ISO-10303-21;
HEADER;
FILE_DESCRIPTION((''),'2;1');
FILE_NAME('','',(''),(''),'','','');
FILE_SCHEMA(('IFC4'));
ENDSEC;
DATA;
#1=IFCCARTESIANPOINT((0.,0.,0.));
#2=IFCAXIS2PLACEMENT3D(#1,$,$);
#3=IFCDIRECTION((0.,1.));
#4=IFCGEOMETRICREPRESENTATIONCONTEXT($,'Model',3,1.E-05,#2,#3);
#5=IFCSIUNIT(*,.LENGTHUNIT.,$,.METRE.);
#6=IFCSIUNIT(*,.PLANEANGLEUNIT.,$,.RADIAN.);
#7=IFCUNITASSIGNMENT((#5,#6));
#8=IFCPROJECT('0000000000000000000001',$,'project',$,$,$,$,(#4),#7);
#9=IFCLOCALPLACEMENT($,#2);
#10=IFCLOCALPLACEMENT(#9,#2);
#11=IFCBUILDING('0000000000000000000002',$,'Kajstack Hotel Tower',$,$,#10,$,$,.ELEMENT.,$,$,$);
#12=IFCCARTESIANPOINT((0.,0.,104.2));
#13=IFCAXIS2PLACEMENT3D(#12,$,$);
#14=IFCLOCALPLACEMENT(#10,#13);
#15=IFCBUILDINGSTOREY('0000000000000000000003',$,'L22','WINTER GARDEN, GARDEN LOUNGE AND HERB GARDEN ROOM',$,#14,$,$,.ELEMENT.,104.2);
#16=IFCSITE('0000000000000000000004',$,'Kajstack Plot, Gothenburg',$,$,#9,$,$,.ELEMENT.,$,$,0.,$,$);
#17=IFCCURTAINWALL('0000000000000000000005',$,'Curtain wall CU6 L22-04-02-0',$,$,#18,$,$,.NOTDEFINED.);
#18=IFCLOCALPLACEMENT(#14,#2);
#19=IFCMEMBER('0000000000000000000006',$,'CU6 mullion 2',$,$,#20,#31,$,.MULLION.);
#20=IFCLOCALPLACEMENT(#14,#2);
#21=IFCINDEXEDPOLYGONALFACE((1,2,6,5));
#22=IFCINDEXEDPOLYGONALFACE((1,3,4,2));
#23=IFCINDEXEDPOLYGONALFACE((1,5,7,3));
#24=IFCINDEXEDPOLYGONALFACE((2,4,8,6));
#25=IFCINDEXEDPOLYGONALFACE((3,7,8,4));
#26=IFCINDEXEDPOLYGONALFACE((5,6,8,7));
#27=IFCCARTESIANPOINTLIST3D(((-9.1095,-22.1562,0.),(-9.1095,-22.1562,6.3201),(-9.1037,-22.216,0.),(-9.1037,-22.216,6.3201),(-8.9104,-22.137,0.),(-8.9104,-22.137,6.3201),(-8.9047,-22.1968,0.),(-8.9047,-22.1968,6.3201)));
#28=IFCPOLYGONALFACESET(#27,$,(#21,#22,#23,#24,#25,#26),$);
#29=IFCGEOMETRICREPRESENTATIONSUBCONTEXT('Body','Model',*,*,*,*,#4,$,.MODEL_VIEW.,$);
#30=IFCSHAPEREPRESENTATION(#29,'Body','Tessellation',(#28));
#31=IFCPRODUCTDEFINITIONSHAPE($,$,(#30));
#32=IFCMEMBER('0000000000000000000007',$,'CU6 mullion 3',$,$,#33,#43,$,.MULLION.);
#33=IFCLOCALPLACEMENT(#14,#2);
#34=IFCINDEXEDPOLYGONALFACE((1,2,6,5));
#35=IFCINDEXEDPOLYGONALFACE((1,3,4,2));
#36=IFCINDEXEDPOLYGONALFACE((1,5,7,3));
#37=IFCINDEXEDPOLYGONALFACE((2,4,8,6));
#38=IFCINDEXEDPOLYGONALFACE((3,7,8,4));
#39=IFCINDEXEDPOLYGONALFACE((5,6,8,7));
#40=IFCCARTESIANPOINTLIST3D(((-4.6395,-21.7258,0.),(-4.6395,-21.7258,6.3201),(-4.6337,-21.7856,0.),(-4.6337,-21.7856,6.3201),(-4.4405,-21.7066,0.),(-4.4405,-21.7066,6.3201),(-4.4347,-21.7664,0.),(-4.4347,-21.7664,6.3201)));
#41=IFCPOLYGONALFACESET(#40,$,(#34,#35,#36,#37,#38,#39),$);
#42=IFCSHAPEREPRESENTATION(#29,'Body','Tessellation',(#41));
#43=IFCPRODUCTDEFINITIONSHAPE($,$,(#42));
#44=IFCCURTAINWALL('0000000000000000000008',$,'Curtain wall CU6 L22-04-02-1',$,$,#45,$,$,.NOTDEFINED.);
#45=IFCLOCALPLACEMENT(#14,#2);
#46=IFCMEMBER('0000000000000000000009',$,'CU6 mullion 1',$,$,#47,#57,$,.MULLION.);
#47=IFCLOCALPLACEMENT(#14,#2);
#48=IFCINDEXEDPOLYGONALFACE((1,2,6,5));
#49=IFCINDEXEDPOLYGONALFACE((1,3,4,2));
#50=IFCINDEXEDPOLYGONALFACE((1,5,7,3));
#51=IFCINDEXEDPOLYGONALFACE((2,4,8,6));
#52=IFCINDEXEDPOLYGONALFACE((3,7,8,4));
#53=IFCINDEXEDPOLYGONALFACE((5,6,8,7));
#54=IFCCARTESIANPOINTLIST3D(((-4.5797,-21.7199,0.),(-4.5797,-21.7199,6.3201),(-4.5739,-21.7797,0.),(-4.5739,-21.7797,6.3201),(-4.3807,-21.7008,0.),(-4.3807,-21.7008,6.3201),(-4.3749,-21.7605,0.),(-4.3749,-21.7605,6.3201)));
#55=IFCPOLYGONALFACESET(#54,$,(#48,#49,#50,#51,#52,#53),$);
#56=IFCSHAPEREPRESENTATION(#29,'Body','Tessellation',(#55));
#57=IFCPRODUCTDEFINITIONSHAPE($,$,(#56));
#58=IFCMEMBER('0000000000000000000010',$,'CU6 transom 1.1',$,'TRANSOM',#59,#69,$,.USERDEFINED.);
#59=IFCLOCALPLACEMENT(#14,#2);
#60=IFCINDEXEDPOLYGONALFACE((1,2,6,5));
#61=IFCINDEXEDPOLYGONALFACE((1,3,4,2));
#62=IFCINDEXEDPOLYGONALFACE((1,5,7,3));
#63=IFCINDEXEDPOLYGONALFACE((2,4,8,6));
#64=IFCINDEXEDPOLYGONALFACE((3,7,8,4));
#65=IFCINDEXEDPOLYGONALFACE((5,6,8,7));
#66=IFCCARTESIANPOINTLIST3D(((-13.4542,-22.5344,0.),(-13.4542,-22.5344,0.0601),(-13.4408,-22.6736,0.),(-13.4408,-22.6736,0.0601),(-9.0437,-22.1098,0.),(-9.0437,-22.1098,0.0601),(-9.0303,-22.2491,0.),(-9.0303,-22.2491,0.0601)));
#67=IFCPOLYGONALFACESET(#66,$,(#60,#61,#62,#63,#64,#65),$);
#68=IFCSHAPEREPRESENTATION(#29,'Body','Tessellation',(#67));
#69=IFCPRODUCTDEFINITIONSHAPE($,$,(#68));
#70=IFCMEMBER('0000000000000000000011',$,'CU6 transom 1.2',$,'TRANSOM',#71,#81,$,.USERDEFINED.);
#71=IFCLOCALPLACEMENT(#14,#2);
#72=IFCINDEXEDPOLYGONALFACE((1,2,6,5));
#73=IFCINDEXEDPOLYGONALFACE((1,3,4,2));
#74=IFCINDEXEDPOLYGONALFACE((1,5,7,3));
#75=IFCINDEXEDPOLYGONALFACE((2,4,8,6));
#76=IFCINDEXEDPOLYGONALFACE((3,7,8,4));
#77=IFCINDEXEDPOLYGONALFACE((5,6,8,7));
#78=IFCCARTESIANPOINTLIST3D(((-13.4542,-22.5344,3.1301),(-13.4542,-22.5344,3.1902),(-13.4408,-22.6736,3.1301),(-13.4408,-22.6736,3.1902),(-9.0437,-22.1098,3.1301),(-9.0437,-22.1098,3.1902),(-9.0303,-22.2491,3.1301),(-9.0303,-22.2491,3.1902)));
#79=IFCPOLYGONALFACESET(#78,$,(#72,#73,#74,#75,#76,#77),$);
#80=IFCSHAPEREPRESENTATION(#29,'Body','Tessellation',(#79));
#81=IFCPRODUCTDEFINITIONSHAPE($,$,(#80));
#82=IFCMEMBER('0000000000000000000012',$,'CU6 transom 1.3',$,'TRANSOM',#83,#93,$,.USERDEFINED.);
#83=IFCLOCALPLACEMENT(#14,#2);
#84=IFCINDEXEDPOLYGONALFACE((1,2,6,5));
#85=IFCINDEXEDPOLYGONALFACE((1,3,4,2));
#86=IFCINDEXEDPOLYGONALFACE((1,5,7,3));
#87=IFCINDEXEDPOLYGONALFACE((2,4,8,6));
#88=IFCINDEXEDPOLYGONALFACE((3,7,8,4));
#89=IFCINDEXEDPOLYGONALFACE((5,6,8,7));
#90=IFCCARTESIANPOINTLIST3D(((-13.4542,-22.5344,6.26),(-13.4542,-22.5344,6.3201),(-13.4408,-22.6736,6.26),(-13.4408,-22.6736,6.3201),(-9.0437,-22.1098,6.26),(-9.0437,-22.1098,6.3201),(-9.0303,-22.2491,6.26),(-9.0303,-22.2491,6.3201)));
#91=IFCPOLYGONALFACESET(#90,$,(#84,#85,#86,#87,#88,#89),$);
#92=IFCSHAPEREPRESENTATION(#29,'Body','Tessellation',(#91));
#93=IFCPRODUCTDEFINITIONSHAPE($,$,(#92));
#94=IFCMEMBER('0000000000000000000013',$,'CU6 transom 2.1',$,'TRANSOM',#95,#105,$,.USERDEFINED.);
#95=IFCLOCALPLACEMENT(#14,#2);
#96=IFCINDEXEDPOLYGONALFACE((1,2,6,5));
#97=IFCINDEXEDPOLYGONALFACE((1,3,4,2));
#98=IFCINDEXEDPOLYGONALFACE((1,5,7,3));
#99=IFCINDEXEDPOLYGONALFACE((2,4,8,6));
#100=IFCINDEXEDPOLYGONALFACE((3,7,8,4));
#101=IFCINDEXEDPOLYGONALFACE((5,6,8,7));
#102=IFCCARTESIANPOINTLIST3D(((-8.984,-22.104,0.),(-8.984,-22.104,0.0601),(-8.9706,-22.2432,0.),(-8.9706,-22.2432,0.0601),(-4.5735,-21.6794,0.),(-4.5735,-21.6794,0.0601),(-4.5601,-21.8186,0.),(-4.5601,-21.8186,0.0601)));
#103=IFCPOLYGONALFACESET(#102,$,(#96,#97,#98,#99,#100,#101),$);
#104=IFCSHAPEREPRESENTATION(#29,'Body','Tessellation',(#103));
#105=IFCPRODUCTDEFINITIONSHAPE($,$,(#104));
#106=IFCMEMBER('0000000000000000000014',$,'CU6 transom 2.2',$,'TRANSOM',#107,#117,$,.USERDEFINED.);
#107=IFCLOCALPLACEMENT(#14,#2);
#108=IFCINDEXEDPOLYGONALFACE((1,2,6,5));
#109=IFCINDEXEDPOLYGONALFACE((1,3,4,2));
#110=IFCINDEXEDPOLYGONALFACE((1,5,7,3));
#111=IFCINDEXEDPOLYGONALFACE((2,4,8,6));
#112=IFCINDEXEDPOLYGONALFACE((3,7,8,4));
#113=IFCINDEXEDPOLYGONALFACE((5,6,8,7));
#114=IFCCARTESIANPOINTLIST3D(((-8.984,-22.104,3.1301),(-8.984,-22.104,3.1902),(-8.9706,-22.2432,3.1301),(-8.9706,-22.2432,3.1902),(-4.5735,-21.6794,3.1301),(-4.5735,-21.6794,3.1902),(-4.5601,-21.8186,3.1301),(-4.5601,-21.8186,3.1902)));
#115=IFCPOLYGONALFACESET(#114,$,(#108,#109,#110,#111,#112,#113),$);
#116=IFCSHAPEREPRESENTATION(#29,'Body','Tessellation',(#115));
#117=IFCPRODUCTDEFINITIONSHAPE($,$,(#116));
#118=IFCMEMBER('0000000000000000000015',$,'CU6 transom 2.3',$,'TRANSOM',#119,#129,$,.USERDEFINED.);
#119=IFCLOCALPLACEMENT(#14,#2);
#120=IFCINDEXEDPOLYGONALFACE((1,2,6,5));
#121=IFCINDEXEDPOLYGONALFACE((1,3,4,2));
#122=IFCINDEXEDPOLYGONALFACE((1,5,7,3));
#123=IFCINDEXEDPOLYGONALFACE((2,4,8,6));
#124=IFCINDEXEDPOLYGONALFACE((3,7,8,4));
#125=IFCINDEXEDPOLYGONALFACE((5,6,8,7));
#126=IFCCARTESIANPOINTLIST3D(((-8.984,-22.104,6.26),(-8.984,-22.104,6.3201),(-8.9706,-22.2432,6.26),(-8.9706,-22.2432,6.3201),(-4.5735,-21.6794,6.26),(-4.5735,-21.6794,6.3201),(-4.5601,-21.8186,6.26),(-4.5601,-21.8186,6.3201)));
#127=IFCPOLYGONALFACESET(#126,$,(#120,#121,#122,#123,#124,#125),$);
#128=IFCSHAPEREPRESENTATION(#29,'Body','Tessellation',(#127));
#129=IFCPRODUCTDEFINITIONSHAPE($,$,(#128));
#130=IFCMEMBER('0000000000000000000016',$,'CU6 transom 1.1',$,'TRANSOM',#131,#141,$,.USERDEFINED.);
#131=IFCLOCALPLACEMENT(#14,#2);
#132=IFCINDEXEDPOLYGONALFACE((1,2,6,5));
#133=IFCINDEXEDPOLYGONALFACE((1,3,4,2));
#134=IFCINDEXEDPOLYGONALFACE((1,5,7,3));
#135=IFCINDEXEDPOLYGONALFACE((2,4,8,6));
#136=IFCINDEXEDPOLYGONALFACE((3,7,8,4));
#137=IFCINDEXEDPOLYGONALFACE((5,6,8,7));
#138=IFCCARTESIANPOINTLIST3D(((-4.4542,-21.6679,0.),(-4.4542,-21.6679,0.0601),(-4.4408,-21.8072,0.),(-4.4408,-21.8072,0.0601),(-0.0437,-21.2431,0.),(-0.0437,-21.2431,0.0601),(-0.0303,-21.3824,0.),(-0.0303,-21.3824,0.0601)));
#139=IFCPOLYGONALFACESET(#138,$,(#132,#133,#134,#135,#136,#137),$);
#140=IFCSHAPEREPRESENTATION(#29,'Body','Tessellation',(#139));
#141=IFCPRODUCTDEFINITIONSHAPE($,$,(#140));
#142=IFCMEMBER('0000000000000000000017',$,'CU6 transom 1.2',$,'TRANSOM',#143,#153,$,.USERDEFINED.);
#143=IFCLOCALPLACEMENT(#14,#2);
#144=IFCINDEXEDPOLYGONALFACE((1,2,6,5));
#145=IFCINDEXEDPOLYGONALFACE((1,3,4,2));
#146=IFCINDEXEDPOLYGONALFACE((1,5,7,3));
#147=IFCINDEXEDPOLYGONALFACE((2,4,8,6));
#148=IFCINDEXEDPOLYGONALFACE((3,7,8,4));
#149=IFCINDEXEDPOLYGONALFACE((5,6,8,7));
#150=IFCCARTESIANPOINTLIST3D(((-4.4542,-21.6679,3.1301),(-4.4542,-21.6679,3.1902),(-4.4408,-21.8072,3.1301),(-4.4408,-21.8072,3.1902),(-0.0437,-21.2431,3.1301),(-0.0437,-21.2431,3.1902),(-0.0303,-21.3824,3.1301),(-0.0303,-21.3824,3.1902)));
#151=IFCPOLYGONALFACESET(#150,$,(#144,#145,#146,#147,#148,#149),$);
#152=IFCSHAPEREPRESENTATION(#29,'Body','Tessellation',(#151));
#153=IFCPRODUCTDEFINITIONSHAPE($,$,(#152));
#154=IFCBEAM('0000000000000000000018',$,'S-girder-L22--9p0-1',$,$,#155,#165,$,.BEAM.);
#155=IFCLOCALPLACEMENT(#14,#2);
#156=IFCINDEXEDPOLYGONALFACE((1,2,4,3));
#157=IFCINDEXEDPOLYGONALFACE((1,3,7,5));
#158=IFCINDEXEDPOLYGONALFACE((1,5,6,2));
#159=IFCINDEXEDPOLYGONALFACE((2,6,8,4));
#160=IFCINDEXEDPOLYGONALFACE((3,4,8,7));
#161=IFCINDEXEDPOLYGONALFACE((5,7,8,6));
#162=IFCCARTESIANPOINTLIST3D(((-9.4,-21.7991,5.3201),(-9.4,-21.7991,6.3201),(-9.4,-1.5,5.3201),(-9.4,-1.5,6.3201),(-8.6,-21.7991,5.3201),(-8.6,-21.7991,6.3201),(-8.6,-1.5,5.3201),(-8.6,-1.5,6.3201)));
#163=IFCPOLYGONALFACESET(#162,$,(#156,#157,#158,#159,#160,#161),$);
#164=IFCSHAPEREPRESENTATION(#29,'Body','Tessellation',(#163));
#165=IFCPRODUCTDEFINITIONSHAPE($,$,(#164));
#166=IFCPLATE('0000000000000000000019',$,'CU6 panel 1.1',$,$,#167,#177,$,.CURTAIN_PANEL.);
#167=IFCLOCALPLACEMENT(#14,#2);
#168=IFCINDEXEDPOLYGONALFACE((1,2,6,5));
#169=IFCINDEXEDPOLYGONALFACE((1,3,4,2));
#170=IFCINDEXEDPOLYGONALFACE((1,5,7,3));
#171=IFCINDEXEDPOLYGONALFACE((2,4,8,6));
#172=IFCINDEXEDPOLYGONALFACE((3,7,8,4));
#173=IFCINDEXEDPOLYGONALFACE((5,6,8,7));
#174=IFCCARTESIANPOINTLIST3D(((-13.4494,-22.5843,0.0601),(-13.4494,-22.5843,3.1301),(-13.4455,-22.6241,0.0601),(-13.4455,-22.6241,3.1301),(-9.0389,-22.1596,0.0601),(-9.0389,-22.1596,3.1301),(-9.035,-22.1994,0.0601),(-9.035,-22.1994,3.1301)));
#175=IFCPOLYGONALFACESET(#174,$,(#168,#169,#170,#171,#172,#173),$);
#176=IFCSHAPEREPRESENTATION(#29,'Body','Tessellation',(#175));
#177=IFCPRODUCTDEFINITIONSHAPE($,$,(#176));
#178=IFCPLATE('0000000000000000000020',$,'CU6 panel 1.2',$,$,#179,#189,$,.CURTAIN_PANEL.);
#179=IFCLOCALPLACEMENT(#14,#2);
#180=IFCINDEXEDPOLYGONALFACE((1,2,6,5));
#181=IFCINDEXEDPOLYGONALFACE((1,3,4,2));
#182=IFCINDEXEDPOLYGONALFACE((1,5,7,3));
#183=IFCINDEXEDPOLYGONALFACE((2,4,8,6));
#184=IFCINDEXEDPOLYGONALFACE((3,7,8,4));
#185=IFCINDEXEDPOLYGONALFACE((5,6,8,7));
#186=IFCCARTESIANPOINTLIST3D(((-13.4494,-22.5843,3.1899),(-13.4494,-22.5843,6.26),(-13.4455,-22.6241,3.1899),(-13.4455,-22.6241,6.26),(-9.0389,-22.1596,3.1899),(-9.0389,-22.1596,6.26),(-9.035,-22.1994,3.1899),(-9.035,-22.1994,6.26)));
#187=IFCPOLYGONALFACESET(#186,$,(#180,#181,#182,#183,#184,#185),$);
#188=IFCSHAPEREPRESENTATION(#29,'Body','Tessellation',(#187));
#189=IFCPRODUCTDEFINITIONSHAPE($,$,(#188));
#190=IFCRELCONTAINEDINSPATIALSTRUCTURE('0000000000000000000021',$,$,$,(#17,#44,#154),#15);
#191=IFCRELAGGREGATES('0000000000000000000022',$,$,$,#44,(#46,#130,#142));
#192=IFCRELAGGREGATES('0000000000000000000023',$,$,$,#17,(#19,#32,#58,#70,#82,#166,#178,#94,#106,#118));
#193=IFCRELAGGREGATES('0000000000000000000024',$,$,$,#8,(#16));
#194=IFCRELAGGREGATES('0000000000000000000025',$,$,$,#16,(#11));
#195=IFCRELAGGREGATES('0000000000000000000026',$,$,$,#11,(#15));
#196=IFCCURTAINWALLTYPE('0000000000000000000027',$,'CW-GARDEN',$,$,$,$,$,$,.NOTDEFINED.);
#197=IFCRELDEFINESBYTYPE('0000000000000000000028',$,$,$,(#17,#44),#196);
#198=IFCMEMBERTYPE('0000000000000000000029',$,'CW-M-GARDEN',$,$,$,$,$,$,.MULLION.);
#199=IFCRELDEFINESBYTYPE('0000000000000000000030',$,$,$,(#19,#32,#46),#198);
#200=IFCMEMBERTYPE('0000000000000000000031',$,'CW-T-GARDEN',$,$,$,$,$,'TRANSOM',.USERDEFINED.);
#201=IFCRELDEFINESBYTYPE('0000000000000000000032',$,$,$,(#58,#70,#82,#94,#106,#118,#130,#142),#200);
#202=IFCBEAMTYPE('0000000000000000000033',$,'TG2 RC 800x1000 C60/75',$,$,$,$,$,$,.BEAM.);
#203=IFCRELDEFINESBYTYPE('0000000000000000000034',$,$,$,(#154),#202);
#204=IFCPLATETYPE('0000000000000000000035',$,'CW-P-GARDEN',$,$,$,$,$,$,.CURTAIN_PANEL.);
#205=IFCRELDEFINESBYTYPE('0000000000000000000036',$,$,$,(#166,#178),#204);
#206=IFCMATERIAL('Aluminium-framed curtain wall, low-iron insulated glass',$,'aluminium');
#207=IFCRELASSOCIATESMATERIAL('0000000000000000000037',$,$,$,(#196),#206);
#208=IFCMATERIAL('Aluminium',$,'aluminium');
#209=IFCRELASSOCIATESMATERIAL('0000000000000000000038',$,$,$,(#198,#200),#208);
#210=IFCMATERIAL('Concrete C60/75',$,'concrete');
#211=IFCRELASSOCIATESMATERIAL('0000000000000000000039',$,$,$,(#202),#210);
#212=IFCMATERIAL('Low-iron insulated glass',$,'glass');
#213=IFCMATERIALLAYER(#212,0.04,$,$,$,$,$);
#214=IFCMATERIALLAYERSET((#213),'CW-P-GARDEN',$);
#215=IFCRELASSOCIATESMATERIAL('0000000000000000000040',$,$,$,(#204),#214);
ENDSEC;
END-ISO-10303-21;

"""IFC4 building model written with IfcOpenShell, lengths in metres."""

from ifc_helpers import new_model, si_unit, direction, frame, origin, origin_2d, place, context, subcontext, project, spatial, rectangle, extrude, material, layer, layer_set, material_profile, profile_set, type_object, element, aggregate, save


model = new_model("IFC4")

# Units and contexts
model_context = context("Model", 3, precision=1e-05, world=origin(), true_north=direction((0.0, 1.0)))
body_context = subcontext(model_context, "Body", "Model", "MODEL_VIEW")
ifc_project = project(units=[si_unit("LENGTHUNIT", "METRE"), si_unit("PLANEANGLEUNIT", "RADIAN")], contexts=[model_context])

# Site, building, storey
site_placement = place(None, origin())
site = spatial("IfcSite", under=ifc_project, at=site_placement, Name="Kajstack Plot, Gothenburg", CompositionType="ELEMENT", RefElevation=0.0)
building_placement = place(site_placement, origin())
building = spatial("IfcBuilding", under=site, at=building_placement, Name="Kajstack Hotel Tower", CompositionType="ELEMENT")
storey_placement = place(building_placement, frame((0.0, 0.0, 104.2)))
storey = spatial("IfcBuildingStorey", under=building, at=storey_placement, Name="L22", Description="WINTER GARDEN, GARDEN LOUNGE AND HERB GARDEN ROOM", CompositionType="ELEMENT", Elevation=104.2)

# Curtain wall, members
ifc_material_1 = material(Name="Aluminium-framed curtain wall, low-iron insulated glass", Category="aluminium")
curtain_wall_type = type_object("IfcCurtainWallType", Name="CW-GARDEN", PredefinedType="NOTDEFINED", material=ifc_material_1)
curtain_wall_1_placement = place(storey_placement, origin())
curtain_wall_1 = element("IfcCurtainWall", 1, at=curtain_wall_1_placement, inside=storey, type_object=curtain_wall_type, Name="Curtain wall CU6 L22-04-02-0", PredefinedType="NOTDEFINED")
ifc_material_2 = material(Name="Aluminium", Category="aluminium")
ifc_material_profile_1 = material_profile(ifc_material_2, rectangle(XDim=0.0601, YDim=0.2, at=origin_2d()), Name="Aluminium mullion 60 x 200")
ifc_profile_set_1 = profile_set([ifc_material_profile_1], Name="Aluminium")
member_type_1 = type_object("IfcMemberType", Name="CW-M-GARDEN", PredefinedType="MULLION", material=ifc_profile_set_1)
member_1_placement = place(storey_placement, frame((-9.0071, -22.1765, 0.0), z_axis=(0.0, 0.0, 1.0), x_axis=(-0.095846, 0.995396, 0.0)))
member_1 = element("IfcMember", 2, at=member_1_placement, type_object=member_type_1, Name="CU6 mullion 2", PredefinedType="MULLION", context=body_context, shape_type="SweptSolid", body=[
    extrude(rectangle(XDim=0.0601, YDim=0.2, at=origin_2d()), origin(), (0.0, 0.0, 1.0), 6.3201),
])
member_2_placement = place(storey_placement, frame((-4.5371, -21.7461, 0.0), z_axis=(0.0, 0.0, 1.0), x_axis=(-0.095846, 0.995396, 0.0)))
member_2 = element("IfcMember", 3, at=member_2_placement, type_object=member_type_1, Name="CU6 mullion 3", PredefinedType="MULLION", context=body_context, shape_type="SweptSolid", body=[
    extrude(rectangle(XDim=0.0601, YDim=0.2, at=origin_2d()), origin(), (0.0, 0.0, 1.0), 6.3201),
])

# Curtain wall, member
curtain_wall_2_placement = place(storey_placement, origin())
curtain_wall_2 = element("IfcCurtainWall", 4, at=curtain_wall_2_placement, inside=storey, type_object=curtain_wall_type, Name="Curtain wall CU6 L22-04-02-1", PredefinedType="NOTDEFINED")
member_3_placement = place(storey_placement, frame((-4.4773, -21.7402, 0.0), z_axis=(0.0, 0.0, 1.0), x_axis=(-0.095846, 0.995396, 0.0)))
member_3 = element("IfcMember", 5, at=member_3_placement, type_object=member_type_1, Name="CU6 mullion 1", PredefinedType="MULLION", context=body_context, shape_type="SweptSolid", body=[
    extrude(rectangle(XDim=0.0601, YDim=0.2, at=origin_2d()), origin(), (0.0, 0.0, 1.0), 6.3201),
])

# Members
ifc_material_profile_2 = material_profile(ifc_material_2, rectangle(XDim=0.1399, YDim=0.0601, at=origin_2d()), Name="Aluminium transom 140 x 60")
ifc_profile_set_2 = profile_set([ifc_material_profile_2], Name="Aluminium")
member_type_2 = type_object("IfcMemberType", Name="CW-T-GARDEN", ElementType="TRANSOM", PredefinedType="USERDEFINED", material=ifc_profile_set_2)
member_4_placement = place(storey_placement, frame((-13.4475, -22.604, 0.03), z_axis=(0.995399, 0.095821, 0.0), x_axis=(-0.095821, 0.995399, 0.0)))
member_4 = element("IfcMember", 6, at=member_4_placement, type_object=member_type_2, Name="CU6 transom 1.1", ObjectType="TRANSOM", PredefinedType="USERDEFINED", context=body_context, shape_type="SweptSolid", body=[
    extrude(rectangle(XDim=0.1399, YDim=0.0601, at=origin_2d()), origin(), (0.0, 0.0, 1.0), 4.4309),
])
member_5_placement = place(storey_placement, frame((-13.4475, -22.604, 3.1602), z_axis=(0.995399, 0.095821, 0.0), x_axis=(-0.095821, 0.995399, 0.0)))
member_5 = element("IfcMember", 7, at=member_5_placement, type_object=member_type_2, Name="CU6 transom 1.2", ObjectType="TRANSOM", PredefinedType="USERDEFINED", context=body_context, shape_type="SweptSolid", body=[
    extrude(rectangle(XDim=0.1399, YDim=0.0601, at=origin_2d()), origin(), (0.0, 0.0, 1.0), 4.4309),
])
member_6_placement = place(storey_placement, frame((-13.4475, -22.604, 6.29), z_axis=(0.995399, 0.095821, 0.0), x_axis=(-0.095821, 0.995399, 0.0)))
member_6 = element("IfcMember", 8, at=member_6_placement, type_object=member_type_2, Name="CU6 transom 1.3", ObjectType="TRANSOM", PredefinedType="USERDEFINED", context=body_context, shape_type="SweptSolid", body=[
    extrude(rectangle(XDim=0.1399, YDim=0.0601, at=origin_2d()), origin(), (0.0, 0.0, 1.0), 4.4309),
])
member_7_placement = place(storey_placement, frame((-8.9773, -22.1736, 0.03), z_axis=(0.995399, 0.095821, 0.0), x_axis=(-0.095821, 0.995399, 0.0)))
member_7 = element("IfcMember", 9, at=member_7_placement, type_object=member_type_2, Name="CU6 transom 2.1", ObjectType="TRANSOM", PredefinedType="USERDEFINED", context=body_context, shape_type="SweptSolid", body=[
    extrude(rectangle(XDim=0.1399, YDim=0.0601, at=origin_2d()), origin(), (0.0, 0.0, 1.0), 4.4309),
])
member_8_placement = place(storey_placement, frame((-8.9773, -22.1736, 3.1602), z_axis=(0.995399, 0.095821, 0.0), x_axis=(-0.095821, 0.995399, 0.0)))
member_8 = element("IfcMember", 10, at=member_8_placement, type_object=member_type_2, Name="CU6 transom 2.2", ObjectType="TRANSOM", PredefinedType="USERDEFINED", context=body_context, shape_type="SweptSolid", body=[
    extrude(rectangle(XDim=0.1399, YDim=0.0601, at=origin_2d()), origin(), (0.0, 0.0, 1.0), 4.4309),
])
member_9_placement = place(storey_placement, frame((-8.9773, -22.1736, 6.29), z_axis=(0.995399, 0.095821, 0.0), x_axis=(-0.095821, 0.995399, 0.0)))
member_9 = element("IfcMember", 11, at=member_9_placement, type_object=member_type_2, Name="CU6 transom 2.3", ObjectType="TRANSOM", PredefinedType="USERDEFINED", context=body_context, shape_type="SweptSolid", body=[
    extrude(rectangle(XDim=0.1399, YDim=0.0601, at=origin_2d()), origin(), (0.0, 0.0, 1.0), 4.4309),
])
member_10_placement = place(storey_placement, frame((-4.4475, -21.7375, 0.03), z_axis=(0.995393, 0.095875, 0.0), x_axis=(-0.095875, 0.995393, 0.0)))
member_10 = element("IfcMember", 12, at=member_10_placement, type_object=member_type_2, Name="CU6 transom 1.1", ObjectType="TRANSOM", PredefinedType="USERDEFINED", context=body_context, shape_type="SweptSolid", body=[
    extrude(rectangle(XDim=0.1399, YDim=0.0601, at=origin_2d()), origin(), (0.0, 0.0, 1.0), 4.4309),
])
member_11_placement = place(storey_placement, frame((-4.4475, -21.7375, 3.1602), z_axis=(0.995393, 0.095875, 0.0), x_axis=(-0.095875, 0.995393, 0.0)))
member_11 = element("IfcMember", 13, at=member_11_placement, type_object=member_type_2, Name="CU6 transom 1.2", ObjectType="TRANSOM", PredefinedType="USERDEFINED", context=body_context, shape_type="SweptSolid", body=[
    extrude(rectangle(XDim=0.1399, YDim=0.0601, at=origin_2d()), origin(), (0.0, 0.0, 1.0), 4.4309),
])
aggregate(curtain_wall_2, [member_3, member_10, member_11])

# Beam
ifc_material_3 = material(Name="Concrete C60/75", Category="concrete")
ifc_material_profile_3 = material_profile(ifc_material_3, rectangle(XDim=0.8, YDim=1.0, at=origin_2d()), Name="RC 800x1000")
ifc_profile_set_3 = profile_set([ifc_material_profile_3], Name="Concrete C60/75")
beam_type = type_object("IfcBeamType", Name="TG2 RC 800x1000 C60/75", PredefinedType="BEAM", material=ifc_profile_set_3)
beam_placement = place(storey_placement, frame((-9.0, -21.7991, 5.8201), z_axis=(0.0, 1.0, 0.0), x_axis=(-1.0, 0.0, 0.0)))
element("IfcBeam", 14, at=beam_placement, inside=storey, type_object=beam_type, Name="S-girder-L22--9p0-1", PredefinedType="BEAM", context=body_context, shape_type="SweptSolid", body=[
    extrude(rectangle(XDim=0.8, YDim=1.0, at=origin_2d()), origin(), (0.0, 0.0, 1.0), 20.2991),
])

# Plates
ifc_material_4 = material(Name="Low-iron insulated glass", Category="glass")
ifc_layer_1 = layer(ifc_material_4, 0.04)
ifc_layer_set_1 = layer_set([ifc_layer_1], Name="CW-P-GARDEN")
plate_type = type_object("IfcPlateType", Name="CW-P-GARDEN", PredefinedType="CURTAIN_PANEL", material=ifc_layer_set_1)
plate_1_placement = place(storey_placement, frame((-11.2422, -22.3918, 0.0601), z_axis=(0.0, 0.0, 1.0), x_axis=(0.995396, 0.095846, 0.0)))
plate_1 = element("IfcPlate", 15, at=plate_1_placement, type_object=plate_type, Name="CU6 panel 1.1", PredefinedType="CURTAIN_PANEL", context=body_context, shape_type="SweptSolid", body=[
    extrude(rectangle(XDim=4.4309, YDim=0.04, at=origin_2d()), origin(), (0.0, 0.0, 1.0), 3.0701),
])
plate_2_placement = place(storey_placement, frame((-11.2422, -22.3918, 3.1899), z_axis=(0.0, 0.0, 1.0), x_axis=(0.995396, 0.095846, 0.0)))
plate_2 = element("IfcPlate", 16, at=plate_2_placement, type_object=plate_type, Name="CU6 panel 1.2", PredefinedType="CURTAIN_PANEL", context=body_context, shape_type="SweptSolid", body=[
    extrude(rectangle(XDim=4.4309, YDim=0.04, at=origin_2d()), origin(), (0.0, 0.0, 1.0), 3.0701),
])
aggregate(curtain_wall_1, [member_1, member_2, member_4, member_5, member_6, plate_1, plate_2, member_7, member_8, member_9])

save(model, "model.ifc")
